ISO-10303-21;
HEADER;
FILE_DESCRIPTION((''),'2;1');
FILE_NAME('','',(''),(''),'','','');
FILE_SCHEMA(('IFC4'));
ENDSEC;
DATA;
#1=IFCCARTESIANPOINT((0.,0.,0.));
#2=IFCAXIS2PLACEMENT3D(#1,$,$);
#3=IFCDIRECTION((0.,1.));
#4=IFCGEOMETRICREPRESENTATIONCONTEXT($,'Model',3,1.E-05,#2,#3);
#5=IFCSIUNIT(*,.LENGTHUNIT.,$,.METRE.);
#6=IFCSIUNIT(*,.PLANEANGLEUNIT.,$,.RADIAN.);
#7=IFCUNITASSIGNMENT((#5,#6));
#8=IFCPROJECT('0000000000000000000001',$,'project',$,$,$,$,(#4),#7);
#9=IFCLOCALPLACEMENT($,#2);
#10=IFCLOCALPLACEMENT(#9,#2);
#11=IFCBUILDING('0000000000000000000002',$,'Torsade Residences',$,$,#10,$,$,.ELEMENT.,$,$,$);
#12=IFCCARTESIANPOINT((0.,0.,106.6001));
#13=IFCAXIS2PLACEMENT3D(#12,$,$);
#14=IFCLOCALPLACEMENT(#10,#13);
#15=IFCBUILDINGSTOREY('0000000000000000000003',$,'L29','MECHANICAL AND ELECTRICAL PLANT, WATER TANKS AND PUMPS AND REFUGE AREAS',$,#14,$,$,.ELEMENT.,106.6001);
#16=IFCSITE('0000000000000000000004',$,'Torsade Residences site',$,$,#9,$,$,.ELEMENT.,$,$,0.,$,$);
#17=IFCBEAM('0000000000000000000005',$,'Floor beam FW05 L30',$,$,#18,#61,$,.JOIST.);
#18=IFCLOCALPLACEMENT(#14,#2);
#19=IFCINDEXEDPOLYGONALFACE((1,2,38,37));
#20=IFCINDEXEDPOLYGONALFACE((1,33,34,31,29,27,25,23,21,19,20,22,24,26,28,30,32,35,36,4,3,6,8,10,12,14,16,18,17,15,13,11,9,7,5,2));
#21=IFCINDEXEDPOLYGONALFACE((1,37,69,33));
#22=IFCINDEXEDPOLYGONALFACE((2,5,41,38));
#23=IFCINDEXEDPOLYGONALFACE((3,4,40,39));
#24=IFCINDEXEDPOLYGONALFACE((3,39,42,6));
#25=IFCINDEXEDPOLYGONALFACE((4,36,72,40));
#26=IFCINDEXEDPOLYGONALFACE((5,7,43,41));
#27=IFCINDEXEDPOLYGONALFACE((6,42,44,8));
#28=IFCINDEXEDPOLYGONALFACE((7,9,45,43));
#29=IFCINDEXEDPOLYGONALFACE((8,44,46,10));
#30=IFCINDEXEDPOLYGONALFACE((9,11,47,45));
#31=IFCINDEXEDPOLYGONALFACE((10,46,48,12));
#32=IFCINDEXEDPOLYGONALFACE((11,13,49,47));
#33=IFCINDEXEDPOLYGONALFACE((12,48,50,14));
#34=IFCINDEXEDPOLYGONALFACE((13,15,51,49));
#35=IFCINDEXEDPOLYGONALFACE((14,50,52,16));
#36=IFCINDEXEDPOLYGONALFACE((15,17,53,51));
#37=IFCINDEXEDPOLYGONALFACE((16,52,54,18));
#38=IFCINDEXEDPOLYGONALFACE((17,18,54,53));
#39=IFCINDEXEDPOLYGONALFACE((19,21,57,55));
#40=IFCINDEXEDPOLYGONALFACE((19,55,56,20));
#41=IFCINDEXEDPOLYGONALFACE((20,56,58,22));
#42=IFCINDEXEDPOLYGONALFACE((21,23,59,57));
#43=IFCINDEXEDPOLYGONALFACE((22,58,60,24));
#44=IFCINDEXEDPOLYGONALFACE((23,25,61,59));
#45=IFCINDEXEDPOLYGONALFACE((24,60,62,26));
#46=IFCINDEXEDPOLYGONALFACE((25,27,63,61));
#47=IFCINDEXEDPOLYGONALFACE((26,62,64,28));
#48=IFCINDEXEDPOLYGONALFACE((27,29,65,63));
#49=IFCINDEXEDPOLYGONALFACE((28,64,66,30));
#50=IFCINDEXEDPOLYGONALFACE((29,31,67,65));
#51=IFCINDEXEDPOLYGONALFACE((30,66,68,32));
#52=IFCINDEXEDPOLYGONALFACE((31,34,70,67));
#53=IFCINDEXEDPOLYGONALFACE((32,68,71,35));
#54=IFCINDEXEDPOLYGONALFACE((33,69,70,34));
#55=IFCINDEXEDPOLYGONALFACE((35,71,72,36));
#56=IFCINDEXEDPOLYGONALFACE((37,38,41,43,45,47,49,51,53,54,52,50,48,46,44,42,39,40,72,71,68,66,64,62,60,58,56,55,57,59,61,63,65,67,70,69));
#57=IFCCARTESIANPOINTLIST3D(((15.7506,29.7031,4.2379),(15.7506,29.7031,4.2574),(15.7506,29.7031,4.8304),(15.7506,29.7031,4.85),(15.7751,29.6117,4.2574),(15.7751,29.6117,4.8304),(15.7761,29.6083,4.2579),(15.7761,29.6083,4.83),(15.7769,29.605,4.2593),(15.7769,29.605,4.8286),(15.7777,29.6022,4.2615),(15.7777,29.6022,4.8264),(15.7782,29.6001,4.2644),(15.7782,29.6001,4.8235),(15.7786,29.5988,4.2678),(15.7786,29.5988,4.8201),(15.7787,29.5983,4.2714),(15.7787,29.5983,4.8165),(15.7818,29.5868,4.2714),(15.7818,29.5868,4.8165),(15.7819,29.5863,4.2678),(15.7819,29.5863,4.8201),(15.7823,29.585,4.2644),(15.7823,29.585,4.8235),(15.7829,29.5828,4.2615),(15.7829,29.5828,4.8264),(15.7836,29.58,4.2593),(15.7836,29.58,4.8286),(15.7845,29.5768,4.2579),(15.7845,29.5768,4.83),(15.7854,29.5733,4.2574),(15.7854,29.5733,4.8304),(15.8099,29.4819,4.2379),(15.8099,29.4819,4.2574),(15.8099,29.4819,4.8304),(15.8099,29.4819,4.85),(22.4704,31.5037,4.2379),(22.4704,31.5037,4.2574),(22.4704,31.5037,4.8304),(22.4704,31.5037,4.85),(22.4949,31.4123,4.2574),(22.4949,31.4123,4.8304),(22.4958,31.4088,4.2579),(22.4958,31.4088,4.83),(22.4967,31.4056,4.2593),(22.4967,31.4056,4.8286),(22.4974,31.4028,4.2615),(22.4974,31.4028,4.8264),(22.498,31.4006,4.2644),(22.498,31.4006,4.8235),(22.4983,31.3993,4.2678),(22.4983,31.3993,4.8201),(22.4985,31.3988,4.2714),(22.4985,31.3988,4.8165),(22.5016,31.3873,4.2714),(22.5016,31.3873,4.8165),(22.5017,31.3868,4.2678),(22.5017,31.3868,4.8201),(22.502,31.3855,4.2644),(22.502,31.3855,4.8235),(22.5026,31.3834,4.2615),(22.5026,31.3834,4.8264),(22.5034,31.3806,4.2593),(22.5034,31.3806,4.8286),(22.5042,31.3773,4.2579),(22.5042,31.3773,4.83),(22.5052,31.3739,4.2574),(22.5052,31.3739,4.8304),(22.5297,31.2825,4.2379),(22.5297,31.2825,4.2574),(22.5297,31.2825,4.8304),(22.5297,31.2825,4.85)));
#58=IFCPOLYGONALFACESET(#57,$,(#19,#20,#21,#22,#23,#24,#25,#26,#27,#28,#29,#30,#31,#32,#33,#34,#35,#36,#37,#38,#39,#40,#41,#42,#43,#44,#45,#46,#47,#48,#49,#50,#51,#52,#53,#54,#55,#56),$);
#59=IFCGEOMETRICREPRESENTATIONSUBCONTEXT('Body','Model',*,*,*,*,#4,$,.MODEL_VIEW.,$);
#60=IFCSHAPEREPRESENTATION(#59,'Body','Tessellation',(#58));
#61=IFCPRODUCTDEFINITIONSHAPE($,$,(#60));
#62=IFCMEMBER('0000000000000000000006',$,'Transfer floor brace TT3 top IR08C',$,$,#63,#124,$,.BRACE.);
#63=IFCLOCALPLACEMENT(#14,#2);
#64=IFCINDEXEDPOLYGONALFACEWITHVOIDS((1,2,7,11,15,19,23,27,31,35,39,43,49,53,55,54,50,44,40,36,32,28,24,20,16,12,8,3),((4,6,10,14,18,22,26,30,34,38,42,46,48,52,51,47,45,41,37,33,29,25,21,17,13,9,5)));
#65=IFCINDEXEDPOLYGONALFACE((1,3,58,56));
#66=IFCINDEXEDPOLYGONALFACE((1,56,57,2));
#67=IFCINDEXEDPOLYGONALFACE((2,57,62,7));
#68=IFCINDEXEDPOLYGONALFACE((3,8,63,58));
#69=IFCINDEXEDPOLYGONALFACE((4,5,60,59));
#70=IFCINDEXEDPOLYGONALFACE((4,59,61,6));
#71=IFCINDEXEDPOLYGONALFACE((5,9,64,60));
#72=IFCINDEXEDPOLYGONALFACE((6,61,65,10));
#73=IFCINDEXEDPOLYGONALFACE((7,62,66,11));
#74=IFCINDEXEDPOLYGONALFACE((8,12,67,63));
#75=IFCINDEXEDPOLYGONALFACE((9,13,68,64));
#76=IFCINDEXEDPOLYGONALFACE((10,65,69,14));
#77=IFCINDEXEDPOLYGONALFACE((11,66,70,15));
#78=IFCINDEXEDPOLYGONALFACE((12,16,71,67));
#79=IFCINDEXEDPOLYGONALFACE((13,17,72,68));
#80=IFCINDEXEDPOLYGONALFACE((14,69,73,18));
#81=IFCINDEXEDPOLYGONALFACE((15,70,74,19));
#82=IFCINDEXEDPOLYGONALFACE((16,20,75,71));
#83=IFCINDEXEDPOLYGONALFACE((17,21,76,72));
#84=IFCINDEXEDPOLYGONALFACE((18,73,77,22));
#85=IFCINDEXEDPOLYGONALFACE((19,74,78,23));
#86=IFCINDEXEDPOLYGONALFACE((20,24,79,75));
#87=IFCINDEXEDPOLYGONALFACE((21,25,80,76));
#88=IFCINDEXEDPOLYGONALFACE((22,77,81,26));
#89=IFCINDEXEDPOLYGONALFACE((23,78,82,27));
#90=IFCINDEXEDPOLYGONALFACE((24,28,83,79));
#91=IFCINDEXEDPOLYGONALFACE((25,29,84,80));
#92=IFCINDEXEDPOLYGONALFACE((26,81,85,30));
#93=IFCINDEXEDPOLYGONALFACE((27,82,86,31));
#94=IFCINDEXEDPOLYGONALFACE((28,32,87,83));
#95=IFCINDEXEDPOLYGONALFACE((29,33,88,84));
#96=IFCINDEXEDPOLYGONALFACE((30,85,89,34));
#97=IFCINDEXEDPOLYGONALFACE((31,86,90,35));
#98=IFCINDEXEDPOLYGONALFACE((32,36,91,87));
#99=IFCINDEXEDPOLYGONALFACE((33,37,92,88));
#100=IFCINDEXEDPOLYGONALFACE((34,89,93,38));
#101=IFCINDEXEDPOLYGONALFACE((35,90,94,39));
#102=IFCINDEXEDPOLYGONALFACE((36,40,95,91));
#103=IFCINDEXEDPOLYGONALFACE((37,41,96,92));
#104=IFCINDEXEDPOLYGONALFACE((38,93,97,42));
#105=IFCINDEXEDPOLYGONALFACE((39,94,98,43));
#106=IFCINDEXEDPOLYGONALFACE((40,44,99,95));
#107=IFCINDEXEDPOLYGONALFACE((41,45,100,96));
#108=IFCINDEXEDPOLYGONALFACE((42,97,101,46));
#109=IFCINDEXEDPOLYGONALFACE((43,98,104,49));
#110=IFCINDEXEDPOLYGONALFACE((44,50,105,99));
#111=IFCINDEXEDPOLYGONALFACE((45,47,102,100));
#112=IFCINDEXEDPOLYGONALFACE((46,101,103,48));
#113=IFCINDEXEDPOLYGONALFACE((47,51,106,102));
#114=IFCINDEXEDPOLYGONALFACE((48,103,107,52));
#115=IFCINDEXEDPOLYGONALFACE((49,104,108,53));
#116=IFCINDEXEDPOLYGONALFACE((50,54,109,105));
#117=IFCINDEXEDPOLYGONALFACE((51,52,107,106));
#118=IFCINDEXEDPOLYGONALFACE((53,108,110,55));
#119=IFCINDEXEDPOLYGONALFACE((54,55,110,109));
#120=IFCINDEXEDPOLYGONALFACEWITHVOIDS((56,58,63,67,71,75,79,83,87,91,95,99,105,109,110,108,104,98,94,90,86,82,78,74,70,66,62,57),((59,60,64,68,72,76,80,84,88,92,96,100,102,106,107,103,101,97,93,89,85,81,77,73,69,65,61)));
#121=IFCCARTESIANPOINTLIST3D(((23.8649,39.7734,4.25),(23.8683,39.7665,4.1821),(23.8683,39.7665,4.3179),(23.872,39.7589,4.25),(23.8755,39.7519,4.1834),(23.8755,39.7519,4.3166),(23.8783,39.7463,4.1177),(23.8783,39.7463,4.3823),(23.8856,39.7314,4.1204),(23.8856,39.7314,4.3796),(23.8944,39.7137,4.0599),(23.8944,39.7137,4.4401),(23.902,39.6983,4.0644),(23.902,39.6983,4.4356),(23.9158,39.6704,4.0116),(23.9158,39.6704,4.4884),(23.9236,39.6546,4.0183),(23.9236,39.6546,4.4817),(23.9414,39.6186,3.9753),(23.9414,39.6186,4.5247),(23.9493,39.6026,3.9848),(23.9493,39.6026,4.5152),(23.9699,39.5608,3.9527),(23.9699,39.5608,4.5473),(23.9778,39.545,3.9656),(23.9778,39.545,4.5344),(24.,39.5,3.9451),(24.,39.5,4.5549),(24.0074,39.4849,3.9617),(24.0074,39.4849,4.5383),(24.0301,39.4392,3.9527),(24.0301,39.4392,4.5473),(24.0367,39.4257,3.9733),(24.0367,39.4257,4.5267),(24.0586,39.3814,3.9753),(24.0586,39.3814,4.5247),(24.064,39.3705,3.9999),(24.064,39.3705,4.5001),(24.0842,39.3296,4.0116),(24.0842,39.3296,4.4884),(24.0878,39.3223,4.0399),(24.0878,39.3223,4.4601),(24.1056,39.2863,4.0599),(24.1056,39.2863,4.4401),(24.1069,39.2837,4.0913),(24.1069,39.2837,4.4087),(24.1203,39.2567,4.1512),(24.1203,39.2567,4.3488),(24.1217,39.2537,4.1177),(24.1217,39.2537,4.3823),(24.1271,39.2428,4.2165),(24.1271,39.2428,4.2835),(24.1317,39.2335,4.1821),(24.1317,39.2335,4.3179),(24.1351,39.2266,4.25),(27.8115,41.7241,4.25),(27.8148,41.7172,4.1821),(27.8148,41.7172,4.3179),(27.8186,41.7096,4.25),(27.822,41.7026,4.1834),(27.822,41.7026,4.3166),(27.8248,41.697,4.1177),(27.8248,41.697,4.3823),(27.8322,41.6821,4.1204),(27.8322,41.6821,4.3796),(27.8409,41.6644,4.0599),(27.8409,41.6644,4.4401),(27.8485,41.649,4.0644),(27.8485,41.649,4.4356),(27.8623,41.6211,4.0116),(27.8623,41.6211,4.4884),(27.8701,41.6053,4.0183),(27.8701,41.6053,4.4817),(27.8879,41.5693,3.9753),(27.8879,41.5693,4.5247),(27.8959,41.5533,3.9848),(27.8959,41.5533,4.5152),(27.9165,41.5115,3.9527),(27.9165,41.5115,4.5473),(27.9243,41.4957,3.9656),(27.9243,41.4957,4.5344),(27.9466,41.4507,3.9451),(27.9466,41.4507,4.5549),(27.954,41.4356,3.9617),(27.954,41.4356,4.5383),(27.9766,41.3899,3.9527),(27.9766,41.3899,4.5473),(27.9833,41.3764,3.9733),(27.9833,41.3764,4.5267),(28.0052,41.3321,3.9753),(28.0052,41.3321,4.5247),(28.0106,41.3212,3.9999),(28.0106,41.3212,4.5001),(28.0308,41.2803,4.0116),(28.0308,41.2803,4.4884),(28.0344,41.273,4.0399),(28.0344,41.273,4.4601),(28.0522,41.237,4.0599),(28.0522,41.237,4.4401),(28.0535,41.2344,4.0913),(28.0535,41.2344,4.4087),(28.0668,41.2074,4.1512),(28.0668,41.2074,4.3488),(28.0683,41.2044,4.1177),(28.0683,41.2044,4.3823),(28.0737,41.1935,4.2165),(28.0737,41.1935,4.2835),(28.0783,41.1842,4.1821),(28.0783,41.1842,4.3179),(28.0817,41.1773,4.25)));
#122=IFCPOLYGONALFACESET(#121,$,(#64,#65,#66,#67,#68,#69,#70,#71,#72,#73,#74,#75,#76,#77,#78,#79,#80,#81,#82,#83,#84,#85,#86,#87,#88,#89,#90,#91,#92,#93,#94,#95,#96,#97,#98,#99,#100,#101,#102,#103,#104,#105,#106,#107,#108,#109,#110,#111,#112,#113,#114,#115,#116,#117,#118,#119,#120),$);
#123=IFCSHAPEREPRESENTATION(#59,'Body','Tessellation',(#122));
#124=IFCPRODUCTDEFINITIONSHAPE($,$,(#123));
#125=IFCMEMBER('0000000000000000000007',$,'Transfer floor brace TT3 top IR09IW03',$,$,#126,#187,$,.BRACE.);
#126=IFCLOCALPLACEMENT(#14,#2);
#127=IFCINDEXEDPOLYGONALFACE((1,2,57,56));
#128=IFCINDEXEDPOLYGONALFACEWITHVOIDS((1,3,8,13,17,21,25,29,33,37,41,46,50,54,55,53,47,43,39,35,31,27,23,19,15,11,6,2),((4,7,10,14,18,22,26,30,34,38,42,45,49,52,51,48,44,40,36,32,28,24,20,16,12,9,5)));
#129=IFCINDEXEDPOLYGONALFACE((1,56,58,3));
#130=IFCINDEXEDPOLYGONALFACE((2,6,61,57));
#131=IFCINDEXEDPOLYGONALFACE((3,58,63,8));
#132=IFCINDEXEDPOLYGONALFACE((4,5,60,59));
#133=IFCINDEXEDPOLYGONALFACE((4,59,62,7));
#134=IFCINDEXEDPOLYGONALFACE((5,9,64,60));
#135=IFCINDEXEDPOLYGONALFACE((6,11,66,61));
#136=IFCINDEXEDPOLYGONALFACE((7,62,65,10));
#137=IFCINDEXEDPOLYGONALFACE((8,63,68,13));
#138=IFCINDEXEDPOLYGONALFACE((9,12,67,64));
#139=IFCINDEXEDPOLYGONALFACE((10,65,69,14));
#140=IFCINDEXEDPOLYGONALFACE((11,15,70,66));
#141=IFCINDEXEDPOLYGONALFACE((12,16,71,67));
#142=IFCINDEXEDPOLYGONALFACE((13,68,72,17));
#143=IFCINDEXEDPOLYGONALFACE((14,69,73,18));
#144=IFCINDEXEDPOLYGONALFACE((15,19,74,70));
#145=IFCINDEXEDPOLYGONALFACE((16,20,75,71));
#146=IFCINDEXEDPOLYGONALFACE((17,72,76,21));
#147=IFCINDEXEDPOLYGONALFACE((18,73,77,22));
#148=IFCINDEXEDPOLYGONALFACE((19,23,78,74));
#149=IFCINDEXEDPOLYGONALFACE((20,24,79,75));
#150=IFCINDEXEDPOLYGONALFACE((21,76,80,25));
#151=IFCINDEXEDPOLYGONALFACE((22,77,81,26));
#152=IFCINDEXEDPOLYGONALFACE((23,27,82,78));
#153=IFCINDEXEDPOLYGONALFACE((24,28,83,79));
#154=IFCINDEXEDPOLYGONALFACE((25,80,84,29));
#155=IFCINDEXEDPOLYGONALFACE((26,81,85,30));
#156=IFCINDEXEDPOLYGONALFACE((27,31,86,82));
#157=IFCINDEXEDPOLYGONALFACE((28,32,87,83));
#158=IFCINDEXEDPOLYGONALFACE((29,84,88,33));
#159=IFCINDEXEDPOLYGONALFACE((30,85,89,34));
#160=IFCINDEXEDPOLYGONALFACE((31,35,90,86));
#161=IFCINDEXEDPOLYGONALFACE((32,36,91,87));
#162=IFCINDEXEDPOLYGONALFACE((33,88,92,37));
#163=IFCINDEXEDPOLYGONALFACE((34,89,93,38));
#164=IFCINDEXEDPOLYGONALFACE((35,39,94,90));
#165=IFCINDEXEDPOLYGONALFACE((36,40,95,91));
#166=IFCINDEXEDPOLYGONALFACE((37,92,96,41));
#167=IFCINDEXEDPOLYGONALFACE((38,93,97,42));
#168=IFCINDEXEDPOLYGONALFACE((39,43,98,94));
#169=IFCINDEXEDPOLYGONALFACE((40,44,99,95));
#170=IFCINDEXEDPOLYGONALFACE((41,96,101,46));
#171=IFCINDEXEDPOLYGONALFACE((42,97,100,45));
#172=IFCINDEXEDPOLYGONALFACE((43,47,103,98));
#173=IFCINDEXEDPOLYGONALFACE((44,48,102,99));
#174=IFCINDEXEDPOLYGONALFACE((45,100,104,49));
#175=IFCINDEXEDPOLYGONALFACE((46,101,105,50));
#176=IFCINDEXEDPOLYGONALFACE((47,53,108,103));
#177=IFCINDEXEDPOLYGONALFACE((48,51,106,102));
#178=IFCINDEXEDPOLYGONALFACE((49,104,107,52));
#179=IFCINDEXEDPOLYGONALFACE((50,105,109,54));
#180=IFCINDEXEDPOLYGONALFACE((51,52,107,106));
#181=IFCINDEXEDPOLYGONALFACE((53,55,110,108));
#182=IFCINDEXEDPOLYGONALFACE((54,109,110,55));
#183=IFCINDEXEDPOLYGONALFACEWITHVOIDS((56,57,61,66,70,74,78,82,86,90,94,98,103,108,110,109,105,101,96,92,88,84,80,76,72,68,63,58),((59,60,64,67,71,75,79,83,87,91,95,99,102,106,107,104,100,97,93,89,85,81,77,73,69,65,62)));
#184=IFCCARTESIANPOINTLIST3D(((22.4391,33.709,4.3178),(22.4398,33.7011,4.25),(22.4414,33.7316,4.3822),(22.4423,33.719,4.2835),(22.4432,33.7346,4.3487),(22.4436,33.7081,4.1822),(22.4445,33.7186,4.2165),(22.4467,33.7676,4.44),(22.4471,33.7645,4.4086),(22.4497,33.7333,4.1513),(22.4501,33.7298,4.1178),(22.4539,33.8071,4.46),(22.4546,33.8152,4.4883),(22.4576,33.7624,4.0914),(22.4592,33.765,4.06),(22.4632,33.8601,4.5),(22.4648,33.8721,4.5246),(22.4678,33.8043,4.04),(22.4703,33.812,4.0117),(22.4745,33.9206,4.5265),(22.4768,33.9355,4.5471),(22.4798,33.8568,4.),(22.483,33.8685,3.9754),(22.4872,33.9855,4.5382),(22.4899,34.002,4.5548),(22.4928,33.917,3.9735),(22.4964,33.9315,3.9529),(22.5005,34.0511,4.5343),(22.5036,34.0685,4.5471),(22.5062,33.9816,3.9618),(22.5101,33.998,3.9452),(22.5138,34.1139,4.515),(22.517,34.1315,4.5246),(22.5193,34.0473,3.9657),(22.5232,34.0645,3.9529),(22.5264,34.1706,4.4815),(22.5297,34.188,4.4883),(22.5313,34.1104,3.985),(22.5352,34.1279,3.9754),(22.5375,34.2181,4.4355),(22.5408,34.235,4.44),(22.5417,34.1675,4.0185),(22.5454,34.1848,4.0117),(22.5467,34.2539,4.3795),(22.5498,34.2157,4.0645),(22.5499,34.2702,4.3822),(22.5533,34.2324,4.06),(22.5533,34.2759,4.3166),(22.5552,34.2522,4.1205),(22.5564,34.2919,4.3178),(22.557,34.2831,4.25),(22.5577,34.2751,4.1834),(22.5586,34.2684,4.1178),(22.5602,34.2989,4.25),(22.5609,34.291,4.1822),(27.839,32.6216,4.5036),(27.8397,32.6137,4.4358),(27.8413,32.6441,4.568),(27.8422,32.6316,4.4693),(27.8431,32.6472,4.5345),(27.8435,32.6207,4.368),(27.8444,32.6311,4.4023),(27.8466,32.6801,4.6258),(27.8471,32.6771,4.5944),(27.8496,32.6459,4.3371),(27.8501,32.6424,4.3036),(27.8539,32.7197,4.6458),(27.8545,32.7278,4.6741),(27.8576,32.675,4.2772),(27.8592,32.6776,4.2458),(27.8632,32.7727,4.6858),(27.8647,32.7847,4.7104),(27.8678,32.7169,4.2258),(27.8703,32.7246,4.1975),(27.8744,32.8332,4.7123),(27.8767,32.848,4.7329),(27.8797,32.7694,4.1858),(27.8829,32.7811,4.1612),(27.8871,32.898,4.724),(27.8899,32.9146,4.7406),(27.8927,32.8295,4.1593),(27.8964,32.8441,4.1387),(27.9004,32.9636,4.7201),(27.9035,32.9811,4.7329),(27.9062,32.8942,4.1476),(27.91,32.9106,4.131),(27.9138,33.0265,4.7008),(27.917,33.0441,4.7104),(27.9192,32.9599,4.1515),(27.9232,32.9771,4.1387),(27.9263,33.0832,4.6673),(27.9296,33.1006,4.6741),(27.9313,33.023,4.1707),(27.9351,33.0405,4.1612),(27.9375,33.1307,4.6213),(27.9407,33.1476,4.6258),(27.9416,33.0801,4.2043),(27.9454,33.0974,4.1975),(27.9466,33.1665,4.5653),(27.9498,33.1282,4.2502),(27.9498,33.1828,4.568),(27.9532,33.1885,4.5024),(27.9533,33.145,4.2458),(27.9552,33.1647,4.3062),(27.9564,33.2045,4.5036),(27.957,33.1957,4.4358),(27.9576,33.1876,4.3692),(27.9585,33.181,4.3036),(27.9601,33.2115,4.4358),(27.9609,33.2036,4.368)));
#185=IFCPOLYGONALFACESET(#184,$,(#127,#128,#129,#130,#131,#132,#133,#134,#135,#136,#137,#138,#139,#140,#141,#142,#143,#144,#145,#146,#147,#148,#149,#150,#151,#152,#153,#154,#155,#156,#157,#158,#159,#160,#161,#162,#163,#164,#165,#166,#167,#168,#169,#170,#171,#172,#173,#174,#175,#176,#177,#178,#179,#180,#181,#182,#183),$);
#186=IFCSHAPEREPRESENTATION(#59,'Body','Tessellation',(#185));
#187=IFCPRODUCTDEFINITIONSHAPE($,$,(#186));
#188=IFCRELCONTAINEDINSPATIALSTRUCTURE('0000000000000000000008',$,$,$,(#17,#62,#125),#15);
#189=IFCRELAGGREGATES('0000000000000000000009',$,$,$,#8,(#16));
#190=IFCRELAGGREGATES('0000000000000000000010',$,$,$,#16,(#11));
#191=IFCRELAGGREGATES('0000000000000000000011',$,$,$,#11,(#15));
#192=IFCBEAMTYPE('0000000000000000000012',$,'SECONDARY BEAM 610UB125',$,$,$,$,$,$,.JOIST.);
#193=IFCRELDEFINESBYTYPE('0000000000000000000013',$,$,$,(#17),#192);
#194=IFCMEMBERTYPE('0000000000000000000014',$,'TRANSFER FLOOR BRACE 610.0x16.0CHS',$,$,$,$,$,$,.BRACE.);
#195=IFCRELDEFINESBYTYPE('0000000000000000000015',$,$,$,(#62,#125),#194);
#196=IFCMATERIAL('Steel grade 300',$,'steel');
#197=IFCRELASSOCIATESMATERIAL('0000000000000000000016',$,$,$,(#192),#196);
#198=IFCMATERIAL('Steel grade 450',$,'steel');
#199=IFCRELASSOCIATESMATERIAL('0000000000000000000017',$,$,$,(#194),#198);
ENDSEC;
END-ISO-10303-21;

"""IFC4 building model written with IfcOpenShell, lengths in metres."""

from ifc_helpers import new_model, si_unit, direction, frame, origin, origin_2d, place, context, subcontext, project, spatial, hollow_circle, i_section, extrude, material, material_profile, profile_set, type_object, element, save


model = new_model("IFC4")

# Units and contexts
model_context = context("Model", 3, precision=1e-05, world=origin(), true_north=direction((0.0, 1.0)))
body_context = subcontext(model_context, "Body", "Model", "MODEL_VIEW")
ifc_project = project(units=[si_unit("LENGTHUNIT", "METRE"), si_unit("PLANEANGLEUNIT", "RADIAN")], contexts=[model_context])

# Site, building, storey
site_placement = place(None, origin())
site = spatial("IfcSite", under=ifc_project, at=site_placement, Name="Torsade Residences site", CompositionType="ELEMENT", RefElevation=0.0)
building_placement = place(site_placement, origin())
building = spatial("IfcBuilding", under=site, at=building_placement, Name="Torsade Residences", CompositionType="ELEMENT")
storey_placement = place(building_placement, frame((0.0, 0.0, 106.6001)))
storey = spatial("IfcBuildingStorey", under=building, at=storey_placement, Name="L29", Description="MECHANICAL AND ELECTRICAL PLANT, WATER TANKS AND PUMPS AND REFUGE AREAS", CompositionType="ELEMENT", Elevation=106.6001)

# Beam
ifc_material_1 = material(Name="Steel grade 300", Category="steel")
ifc_material_profile_1 = material_profile(ifc_material_1, i_section(OverallWidth=0.229, OverallDepth=0.6121, WebThickness=0.012, FlangeThickness=0.0195, FilletRadius=0.0139, at=origin_2d()), Name="610UB125")
ifc_profile_set_1 = profile_set([ifc_material_profile_1], Name="Steel grade 300")
beam_type_1 = type_object("IfcBeamType", Name="SECONDARY BEAM 610UB125", PredefinedType="JOIST", material=ifc_profile_set_1)
beam_1_placement = place(storey_placement, frame((15.7803, 29.5925, 4.5439), z_axis=(0.965926, 0.258818, 0.0), x_axis=(-0.258818, 0.965926, 0.0)))
element("IfcBeam", 1, at=beam_1_placement, inside=storey, type_object=beam_type_1, Name="Floor beam FW05 L30", PredefinedType="JOIST", context=body_context, shape_type="SweptSolid", body=[
    extrude(i_section(OverallWidth=0.229, OverallDepth=0.6121, WebThickness=0.012, FlangeThickness=0.0195, FilletRadius=0.0139, at=origin_2d()), origin(), (0.0, 0.0, 1.0), 6.9568),
])

# Members
ifc_material_2 = material(Name="Steel grade 450", Category="steel")
ifc_material_profile_2 = material_profile(ifc_material_2, hollow_circle(Radius=0.3049, WallThickness=0.0161, at=origin_2d()), Name="610.0x16.0CHS")
ifc_profile_set_2 = profile_set([ifc_material_profile_2], Name="Steel grade 450")
member_type_1 = type_object("IfcMemberType", Name="TRANSFER FLOOR BRACE 610.0x16.0CHS", PredefinedType="BRACE", material=ifc_profile_set_2)
member_1_placement = place(storey_placement, frame((24.0, 39.5, 4.25), z_axis=(0.89647, 0.443105, 0.0), x_axis=(-0.443105, 0.89647, 0.0)))
element("IfcMember", 2, at=member_1_placement, inside=storey, type_object=member_type_1, Name="Transfer floor brace TT3 top IR08C", PredefinedType="BRACE", context=body_context, shape_type="SweptSolid", body=[
    extrude(hollow_circle(Radius=0.3049, WallThickness=0.0161, at=origin_2d()), origin(), (0.0, 0.0, 1.0), 4.4023),
])
member_2_placement = place(storey_placement, frame((22.5, 34.0, 4.25), z_axis=(0.979764, -0.197299, 0.03371), x_axis=(0.197412, 0.980321, 0.0)))
element("IfcMember", 3, at=member_2_placement, inside=storey, type_object=member_type_1, Name="Transfer floor brace TT3 top IR09IW03", PredefinedType="BRACE", context=body_context, shape_type="SweptSolid", body=[
    extrude(hollow_circle(Radius=0.3049, WallThickness=0.0161, at=origin_2d()), origin(), (0.0, 0.0, 1.0), 5.5115),
])

save(model, "model.ifc")
